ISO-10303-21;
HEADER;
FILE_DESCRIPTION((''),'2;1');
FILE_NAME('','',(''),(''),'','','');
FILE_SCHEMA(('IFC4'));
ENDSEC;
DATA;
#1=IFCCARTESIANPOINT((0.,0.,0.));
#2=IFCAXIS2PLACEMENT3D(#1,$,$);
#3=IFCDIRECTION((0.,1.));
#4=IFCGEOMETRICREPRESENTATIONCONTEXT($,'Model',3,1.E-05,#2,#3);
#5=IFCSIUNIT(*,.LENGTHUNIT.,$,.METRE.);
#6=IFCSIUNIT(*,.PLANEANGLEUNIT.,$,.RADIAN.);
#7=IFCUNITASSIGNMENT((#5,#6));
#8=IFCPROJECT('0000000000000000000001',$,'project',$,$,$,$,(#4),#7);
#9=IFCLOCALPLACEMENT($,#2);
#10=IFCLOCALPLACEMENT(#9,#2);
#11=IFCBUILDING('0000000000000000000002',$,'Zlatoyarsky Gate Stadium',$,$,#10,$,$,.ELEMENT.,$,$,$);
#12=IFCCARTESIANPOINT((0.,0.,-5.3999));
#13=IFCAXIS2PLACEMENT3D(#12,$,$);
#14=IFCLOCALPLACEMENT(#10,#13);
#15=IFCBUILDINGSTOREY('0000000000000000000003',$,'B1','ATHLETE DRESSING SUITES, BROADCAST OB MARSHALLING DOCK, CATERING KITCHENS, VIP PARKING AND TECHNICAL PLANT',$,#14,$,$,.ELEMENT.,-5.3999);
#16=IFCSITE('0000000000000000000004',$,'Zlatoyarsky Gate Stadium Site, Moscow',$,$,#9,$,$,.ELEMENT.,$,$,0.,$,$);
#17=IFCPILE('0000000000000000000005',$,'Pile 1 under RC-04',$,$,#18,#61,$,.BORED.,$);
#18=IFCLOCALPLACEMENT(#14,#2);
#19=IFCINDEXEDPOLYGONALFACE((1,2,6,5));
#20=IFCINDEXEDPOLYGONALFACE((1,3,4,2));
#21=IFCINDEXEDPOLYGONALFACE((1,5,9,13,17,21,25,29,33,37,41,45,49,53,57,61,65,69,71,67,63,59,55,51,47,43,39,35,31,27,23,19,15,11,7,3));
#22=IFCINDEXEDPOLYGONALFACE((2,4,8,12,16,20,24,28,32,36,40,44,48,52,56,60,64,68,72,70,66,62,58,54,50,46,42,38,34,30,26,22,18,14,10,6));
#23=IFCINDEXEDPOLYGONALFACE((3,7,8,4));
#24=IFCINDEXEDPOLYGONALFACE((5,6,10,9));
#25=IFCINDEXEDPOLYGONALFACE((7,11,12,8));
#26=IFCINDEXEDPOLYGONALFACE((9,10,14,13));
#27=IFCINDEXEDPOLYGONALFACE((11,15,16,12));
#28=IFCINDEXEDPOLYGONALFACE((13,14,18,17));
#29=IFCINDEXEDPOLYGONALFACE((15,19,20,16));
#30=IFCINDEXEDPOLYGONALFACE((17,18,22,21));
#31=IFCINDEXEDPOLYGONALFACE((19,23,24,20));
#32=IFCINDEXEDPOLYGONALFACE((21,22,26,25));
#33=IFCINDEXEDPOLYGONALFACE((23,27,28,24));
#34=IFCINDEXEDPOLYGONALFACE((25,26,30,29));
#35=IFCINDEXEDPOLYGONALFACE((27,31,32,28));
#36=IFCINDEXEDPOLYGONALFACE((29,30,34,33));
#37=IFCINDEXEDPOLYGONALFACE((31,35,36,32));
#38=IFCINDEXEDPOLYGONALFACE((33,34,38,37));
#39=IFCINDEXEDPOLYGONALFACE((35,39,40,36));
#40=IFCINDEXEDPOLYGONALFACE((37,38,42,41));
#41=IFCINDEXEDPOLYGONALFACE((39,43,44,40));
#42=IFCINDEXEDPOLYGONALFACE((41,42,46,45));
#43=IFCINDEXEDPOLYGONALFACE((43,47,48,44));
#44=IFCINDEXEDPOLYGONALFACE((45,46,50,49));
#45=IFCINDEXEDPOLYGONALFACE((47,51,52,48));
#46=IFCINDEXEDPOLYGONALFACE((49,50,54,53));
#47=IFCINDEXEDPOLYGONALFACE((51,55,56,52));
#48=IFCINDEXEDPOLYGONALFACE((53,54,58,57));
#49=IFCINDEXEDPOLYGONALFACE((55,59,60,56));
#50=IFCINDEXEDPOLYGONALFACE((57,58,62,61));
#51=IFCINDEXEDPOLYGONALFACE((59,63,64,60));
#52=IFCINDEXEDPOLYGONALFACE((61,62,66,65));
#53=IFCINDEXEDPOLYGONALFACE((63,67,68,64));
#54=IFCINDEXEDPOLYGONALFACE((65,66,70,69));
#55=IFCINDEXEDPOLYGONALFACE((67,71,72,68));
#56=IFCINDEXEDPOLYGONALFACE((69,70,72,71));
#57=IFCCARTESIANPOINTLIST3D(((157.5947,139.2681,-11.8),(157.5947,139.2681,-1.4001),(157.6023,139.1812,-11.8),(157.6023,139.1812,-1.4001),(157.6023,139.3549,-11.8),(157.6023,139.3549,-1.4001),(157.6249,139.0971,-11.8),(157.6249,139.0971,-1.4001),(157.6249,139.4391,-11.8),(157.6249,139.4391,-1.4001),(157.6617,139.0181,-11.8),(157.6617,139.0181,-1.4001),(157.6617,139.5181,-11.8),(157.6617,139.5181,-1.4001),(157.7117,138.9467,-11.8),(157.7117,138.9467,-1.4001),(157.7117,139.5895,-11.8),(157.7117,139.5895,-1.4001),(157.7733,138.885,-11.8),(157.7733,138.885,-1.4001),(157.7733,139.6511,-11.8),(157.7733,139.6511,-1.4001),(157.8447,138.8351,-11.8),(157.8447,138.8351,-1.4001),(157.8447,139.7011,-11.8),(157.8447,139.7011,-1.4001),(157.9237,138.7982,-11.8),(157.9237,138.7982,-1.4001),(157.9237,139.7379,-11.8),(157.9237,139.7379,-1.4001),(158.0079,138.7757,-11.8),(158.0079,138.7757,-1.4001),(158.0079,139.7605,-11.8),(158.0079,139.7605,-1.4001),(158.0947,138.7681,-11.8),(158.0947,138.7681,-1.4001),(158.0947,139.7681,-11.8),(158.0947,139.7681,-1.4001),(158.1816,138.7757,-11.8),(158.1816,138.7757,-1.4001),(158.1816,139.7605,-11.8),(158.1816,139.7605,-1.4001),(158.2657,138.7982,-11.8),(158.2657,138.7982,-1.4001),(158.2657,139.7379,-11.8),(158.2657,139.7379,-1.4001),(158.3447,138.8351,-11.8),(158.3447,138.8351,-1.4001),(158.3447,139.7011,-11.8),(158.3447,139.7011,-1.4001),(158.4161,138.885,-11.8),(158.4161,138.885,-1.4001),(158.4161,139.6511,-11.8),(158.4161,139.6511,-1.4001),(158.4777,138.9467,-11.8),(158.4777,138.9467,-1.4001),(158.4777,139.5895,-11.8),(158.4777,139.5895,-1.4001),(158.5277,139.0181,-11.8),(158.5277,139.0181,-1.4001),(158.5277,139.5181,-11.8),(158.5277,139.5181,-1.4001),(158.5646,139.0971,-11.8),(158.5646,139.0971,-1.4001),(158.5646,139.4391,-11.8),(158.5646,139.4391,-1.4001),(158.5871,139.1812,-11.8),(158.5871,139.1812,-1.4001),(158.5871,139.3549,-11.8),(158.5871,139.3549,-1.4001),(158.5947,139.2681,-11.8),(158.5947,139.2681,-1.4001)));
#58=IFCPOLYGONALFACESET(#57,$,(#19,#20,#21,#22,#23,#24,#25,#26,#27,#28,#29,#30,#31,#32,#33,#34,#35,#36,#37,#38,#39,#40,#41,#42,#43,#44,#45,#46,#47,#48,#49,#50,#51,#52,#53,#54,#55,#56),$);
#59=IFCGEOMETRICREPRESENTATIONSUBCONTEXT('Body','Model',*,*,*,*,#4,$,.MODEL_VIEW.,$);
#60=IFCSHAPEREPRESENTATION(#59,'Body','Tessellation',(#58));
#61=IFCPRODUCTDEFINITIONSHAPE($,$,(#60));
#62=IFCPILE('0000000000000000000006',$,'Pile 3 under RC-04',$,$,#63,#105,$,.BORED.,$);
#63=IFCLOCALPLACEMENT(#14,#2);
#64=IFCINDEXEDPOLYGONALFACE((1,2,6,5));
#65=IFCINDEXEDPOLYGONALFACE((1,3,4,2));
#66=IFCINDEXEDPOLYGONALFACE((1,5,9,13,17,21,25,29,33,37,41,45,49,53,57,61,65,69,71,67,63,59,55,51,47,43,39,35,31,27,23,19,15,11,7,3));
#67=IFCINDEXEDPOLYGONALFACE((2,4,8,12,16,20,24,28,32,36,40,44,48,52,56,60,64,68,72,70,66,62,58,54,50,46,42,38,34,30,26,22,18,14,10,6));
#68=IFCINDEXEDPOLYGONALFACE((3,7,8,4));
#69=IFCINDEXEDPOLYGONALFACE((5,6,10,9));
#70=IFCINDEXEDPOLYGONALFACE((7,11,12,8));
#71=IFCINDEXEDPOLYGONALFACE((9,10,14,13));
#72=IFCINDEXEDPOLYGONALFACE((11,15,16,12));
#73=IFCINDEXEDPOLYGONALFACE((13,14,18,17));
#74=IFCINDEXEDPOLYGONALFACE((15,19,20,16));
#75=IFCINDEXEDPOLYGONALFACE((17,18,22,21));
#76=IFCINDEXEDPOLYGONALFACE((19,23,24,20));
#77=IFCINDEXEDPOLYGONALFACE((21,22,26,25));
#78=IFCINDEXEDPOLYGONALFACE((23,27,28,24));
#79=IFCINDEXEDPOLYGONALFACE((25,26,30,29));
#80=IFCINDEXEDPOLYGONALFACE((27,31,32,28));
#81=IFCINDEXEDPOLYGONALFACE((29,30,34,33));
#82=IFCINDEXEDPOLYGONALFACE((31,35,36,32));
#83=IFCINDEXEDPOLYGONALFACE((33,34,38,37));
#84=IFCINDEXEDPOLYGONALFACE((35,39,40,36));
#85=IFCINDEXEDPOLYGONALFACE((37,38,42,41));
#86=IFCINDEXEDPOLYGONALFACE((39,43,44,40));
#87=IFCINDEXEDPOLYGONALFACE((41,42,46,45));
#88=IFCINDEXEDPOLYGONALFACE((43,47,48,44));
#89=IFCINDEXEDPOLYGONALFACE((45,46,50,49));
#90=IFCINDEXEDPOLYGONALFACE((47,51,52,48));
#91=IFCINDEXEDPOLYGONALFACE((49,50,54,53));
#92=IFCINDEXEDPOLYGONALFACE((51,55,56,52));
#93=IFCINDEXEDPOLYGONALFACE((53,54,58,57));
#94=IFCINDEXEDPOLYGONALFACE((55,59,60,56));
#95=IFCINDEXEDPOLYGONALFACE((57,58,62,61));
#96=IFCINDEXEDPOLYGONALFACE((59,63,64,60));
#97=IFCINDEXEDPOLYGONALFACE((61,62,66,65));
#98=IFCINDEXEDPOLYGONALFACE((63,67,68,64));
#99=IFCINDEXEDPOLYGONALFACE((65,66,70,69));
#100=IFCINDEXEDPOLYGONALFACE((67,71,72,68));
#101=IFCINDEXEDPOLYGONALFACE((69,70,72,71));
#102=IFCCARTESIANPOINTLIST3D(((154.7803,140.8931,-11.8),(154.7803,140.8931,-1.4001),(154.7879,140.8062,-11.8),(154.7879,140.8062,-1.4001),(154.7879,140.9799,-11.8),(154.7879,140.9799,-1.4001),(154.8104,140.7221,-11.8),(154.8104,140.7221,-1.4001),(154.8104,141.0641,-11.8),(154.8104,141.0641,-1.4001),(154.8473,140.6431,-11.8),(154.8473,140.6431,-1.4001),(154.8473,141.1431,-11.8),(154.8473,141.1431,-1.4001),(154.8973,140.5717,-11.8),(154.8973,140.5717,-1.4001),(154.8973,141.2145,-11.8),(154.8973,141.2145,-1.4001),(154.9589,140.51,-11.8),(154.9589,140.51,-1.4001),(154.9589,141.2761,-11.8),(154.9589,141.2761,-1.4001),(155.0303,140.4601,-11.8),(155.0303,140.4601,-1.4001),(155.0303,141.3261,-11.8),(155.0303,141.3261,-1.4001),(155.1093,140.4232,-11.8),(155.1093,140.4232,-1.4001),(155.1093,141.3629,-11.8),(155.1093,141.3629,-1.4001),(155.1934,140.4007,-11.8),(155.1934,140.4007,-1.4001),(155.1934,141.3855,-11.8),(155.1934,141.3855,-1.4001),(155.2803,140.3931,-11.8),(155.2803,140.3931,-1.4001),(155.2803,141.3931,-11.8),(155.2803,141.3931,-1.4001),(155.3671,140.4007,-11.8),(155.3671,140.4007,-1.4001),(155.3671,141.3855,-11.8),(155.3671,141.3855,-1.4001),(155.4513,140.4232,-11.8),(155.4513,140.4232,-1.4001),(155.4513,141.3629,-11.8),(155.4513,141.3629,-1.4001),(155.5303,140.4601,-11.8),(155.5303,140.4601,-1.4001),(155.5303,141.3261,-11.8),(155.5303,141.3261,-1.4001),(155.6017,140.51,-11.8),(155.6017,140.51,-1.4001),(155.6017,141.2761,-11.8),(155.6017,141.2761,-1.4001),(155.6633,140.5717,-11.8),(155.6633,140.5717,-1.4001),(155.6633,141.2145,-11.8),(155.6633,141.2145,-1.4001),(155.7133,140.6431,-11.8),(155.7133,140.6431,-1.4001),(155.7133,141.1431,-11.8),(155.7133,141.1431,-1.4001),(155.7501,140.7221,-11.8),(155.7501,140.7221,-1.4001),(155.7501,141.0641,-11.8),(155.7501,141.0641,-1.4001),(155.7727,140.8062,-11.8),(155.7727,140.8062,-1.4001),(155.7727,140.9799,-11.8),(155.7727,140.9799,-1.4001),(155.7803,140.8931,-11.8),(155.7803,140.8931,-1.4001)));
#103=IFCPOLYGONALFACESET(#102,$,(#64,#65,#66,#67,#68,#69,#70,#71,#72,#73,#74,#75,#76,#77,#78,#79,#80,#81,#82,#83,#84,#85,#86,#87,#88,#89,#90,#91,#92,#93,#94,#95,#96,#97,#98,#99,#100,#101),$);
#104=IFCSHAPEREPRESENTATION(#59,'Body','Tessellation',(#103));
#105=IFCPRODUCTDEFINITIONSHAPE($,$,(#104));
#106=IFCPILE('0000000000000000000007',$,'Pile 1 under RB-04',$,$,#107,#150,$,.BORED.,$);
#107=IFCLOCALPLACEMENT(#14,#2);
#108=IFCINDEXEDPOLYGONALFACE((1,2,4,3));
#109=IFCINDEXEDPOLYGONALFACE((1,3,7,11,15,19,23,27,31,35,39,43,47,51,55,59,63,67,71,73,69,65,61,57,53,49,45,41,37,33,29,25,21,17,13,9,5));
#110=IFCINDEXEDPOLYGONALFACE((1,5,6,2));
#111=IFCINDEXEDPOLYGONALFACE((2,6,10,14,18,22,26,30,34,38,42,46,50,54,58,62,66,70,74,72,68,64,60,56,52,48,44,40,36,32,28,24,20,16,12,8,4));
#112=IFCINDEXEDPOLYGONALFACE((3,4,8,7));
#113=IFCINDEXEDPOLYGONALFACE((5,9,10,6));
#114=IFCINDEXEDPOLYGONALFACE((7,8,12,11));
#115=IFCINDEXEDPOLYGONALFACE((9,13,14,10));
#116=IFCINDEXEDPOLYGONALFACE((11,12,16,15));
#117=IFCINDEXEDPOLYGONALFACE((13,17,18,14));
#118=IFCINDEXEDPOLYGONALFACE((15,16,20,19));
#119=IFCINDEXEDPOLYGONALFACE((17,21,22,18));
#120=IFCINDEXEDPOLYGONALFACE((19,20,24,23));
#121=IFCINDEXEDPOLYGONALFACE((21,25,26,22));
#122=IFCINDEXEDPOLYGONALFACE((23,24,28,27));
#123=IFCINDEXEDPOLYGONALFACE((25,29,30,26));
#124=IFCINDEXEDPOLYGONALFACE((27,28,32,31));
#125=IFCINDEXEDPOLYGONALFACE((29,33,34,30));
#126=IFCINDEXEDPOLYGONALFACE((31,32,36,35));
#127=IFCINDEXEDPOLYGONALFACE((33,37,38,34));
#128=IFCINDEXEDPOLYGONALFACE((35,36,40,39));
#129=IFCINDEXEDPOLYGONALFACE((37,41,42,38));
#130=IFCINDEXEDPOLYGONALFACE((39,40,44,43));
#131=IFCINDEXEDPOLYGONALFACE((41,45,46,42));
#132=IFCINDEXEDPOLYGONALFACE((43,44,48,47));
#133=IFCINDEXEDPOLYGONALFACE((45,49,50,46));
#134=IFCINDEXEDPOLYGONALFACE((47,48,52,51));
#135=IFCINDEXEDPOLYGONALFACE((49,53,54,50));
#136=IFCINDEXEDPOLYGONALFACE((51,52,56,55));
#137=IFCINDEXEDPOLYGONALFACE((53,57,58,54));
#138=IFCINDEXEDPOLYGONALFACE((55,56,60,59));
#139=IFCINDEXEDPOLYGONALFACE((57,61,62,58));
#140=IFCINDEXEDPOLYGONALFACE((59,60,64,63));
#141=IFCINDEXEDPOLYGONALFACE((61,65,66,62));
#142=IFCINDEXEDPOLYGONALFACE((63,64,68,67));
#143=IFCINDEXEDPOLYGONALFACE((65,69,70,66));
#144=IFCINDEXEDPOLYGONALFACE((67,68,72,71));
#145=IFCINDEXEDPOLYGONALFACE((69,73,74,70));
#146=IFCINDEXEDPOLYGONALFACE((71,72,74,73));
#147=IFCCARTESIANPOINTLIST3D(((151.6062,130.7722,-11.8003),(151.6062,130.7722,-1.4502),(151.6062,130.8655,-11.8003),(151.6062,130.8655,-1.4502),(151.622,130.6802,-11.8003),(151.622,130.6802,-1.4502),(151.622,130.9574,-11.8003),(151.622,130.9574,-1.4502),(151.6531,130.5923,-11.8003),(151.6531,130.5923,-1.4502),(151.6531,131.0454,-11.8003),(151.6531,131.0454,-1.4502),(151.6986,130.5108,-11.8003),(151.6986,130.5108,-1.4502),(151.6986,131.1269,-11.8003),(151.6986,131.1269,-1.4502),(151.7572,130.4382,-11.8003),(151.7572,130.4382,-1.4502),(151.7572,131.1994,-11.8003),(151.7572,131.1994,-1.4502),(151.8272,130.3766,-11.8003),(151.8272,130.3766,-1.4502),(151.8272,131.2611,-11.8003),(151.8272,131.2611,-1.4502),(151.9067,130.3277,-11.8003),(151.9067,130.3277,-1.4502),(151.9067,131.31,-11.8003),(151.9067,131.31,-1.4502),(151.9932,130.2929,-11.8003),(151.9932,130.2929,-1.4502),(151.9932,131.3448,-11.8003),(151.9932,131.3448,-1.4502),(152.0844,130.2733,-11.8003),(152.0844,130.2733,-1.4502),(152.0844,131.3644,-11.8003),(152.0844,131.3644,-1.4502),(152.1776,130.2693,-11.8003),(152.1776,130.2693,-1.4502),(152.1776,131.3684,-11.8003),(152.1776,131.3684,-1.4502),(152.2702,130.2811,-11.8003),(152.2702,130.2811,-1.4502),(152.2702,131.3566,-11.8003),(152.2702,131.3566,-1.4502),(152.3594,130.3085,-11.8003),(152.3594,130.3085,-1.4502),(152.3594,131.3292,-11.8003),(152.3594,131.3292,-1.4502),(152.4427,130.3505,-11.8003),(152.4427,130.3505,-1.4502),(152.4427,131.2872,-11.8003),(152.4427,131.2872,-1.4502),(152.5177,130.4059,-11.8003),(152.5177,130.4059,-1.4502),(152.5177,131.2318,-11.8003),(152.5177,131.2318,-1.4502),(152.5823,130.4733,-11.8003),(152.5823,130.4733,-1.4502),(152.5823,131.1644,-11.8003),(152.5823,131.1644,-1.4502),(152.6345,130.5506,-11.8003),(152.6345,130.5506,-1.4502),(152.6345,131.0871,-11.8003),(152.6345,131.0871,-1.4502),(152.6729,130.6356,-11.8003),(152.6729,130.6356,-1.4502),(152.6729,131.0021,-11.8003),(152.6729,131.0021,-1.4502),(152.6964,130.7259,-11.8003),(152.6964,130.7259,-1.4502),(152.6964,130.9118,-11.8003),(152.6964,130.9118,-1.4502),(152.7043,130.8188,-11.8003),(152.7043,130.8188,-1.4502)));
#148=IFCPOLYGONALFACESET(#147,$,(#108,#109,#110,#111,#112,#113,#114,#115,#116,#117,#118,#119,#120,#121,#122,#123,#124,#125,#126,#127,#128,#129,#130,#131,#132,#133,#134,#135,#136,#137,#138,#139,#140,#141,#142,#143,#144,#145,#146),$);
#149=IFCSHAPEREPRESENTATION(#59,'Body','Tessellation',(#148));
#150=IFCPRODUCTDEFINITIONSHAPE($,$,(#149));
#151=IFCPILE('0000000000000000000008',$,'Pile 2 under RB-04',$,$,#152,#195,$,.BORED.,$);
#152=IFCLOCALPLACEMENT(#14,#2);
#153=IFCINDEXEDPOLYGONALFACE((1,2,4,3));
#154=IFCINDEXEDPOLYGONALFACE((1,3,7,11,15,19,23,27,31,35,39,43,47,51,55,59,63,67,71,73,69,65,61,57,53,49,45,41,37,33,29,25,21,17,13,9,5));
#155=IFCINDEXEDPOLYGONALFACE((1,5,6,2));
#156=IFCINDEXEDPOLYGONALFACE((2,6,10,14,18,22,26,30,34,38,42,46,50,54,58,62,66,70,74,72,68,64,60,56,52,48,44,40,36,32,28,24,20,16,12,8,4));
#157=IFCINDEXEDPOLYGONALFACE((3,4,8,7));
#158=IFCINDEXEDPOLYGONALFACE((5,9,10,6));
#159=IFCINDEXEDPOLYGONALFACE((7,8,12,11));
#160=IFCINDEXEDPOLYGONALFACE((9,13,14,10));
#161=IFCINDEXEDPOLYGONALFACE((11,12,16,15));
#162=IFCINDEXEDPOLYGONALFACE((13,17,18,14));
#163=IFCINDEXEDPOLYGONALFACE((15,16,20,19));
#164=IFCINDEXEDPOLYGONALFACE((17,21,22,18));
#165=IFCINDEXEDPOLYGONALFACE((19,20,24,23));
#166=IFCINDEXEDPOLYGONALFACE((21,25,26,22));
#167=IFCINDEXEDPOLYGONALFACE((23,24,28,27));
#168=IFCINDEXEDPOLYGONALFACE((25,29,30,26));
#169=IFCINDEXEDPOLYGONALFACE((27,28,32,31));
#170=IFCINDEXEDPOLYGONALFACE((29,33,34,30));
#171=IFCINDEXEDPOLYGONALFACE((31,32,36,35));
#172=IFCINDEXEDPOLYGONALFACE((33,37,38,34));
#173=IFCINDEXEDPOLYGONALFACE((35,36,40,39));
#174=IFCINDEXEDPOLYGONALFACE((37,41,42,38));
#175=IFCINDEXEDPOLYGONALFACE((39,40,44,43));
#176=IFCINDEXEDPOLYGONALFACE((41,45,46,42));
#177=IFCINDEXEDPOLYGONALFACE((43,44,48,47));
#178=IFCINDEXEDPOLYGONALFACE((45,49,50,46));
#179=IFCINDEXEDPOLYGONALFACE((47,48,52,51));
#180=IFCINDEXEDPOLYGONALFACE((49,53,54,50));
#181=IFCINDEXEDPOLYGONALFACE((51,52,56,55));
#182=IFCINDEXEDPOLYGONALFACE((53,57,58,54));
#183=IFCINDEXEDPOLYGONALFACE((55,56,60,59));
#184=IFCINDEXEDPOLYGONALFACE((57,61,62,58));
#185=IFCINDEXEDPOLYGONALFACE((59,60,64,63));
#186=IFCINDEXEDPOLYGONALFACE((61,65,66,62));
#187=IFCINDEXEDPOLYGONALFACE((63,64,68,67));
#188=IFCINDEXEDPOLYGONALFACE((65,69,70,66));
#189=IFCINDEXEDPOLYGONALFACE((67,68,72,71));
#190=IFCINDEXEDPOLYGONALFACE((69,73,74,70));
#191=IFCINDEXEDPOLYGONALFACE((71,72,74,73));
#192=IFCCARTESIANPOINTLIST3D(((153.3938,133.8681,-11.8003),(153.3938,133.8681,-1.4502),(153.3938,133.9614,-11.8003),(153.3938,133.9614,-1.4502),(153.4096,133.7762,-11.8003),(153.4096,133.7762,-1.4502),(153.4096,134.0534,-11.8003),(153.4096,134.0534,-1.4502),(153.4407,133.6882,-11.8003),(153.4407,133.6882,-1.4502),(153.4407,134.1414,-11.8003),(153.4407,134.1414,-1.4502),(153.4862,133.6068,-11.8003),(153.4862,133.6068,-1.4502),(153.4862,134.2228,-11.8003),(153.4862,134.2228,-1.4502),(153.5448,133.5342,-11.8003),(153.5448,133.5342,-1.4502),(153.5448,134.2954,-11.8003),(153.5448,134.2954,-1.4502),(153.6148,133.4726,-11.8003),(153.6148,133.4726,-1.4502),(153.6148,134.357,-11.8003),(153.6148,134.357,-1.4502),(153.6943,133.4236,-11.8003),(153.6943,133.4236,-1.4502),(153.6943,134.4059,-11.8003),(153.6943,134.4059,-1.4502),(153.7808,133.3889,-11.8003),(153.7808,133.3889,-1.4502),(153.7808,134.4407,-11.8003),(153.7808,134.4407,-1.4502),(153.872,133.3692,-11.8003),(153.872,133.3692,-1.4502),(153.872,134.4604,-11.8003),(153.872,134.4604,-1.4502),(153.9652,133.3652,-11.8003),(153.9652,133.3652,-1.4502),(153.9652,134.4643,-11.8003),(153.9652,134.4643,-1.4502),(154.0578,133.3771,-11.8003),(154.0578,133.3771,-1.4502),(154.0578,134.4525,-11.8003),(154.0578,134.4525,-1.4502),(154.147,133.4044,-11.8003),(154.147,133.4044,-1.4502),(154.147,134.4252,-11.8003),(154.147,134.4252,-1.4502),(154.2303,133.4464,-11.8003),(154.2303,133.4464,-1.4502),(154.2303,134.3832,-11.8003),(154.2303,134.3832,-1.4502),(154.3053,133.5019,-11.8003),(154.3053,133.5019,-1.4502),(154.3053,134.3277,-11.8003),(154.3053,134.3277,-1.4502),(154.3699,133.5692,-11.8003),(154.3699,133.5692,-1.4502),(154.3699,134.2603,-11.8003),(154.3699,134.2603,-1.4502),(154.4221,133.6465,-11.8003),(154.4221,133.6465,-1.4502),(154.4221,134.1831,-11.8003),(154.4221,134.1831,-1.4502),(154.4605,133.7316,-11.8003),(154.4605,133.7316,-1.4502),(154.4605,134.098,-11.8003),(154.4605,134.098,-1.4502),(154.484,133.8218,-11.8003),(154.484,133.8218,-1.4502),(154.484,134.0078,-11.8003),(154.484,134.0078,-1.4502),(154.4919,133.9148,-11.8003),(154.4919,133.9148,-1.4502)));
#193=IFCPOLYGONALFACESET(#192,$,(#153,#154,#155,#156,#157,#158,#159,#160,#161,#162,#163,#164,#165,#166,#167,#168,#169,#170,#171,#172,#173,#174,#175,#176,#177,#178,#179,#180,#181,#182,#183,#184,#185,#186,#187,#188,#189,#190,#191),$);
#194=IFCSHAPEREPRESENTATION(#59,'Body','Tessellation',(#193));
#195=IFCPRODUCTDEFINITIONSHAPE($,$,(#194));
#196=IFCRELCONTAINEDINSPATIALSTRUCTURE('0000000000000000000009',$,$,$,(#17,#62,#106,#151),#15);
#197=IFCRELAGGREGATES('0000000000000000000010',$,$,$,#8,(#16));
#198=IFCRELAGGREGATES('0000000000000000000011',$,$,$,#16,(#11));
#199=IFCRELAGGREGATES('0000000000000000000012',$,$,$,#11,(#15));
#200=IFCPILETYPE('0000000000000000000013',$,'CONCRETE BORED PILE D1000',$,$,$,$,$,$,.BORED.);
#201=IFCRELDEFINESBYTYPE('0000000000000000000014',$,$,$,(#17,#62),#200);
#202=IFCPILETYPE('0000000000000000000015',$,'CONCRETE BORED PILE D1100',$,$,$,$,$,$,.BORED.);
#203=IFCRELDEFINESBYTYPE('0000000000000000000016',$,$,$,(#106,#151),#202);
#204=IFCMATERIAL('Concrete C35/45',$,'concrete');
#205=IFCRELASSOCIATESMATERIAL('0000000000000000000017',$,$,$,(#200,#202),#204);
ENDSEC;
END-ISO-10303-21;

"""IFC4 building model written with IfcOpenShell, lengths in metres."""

from ifc_helpers import new_model, si_unit, direction, frame, origin, origin_2d, place, context, subcontext, project, spatial, circle, extrude, material, material_profile, profile_set, type_object, element, save


model = new_model("IFC4")

# Units and contexts
model_context = context("Model", 3, precision=1e-05, world=origin(), true_north=direction((0.0, 1.0)))
body_context = subcontext(model_context, "Body", "Model", "MODEL_VIEW")
ifc_project = project(units=[si_unit("LENGTHUNIT", "METRE"), si_unit("PLANEANGLEUNIT", "RADIAN")], contexts=[model_context])

# Site, building, storey
site_placement = place(None, origin())
site = spatial("IfcSite", under=ifc_project, at=site_placement, Name="Zlatoyarsky Gate Stadium Site, Moscow", CompositionType="ELEMENT", RefElevation=0.0)
building_placement = place(site_placement, origin())
building = spatial("IfcBuilding", under=site, at=building_placement, Name="Zlatoyarsky Gate Stadium", CompositionType="ELEMENT")
storey_placement = place(building_placement, frame((0.0, 0.0, -5.3999)))
storey = spatial("IfcBuildingStorey", under=building, at=storey_placement, Name="B1", Description="ATHLETE DRESSING SUITES, BROADCAST OB MARSHALLING DOCK, CATERING KITCHENS, VIP PARKING AND TECHNICAL PLANT", CompositionType="ELEMENT", Elevation=-5.3999)

# Piles
ifc_material_1 = material(Name="Concrete C35/45", Category="concrete")
ifc_material_profile_1 = material_profile(ifc_material_1, circle(Radius=0.5, at=origin_2d()), Name="BORED PILE D1000")
ifc_profile_set_1 = profile_set([ifc_material_profile_1], Name="Concrete C35/45")
pile_type_1 = type_object("IfcPileType", Name="CONCRETE BORED PILE D1000", PredefinedType="BORED", material=ifc_profile_set_1)
for number, where, z_axis, x_axis, name in (
    (1, (158.0947, 139.2681, -1.4001), (0.0, 0.0, -1.0), (1.0, 0.0, 0.0), "Pile 1 under RC-04"),
    (2, (155.2803, 140.8931, -1.4001), (0.0, 0.0, -1.0), (1.0, 0.0, 0.0), "Pile 3 under RC-04"),
):
    element("IfcPile", number, at=place(storey_placement, frame(where, z_axis=z_axis, x_axis=x_axis)), inside=storey, type_object=pile_type_1, Name=name, PredefinedType="BORED", context=body_context, shape_type="SweptSolid", body=[
        extrude(circle(Radius=0.5, at=origin_2d()), origin(), (0.0, 0.0, 1.0), 10.3999),
    ])
ifc_material_profile_2 = material_profile(ifc_material_1, circle(Radius=0.55, at=origin_2d()), Name="BORED PILE D1100")
ifc_profile_set_2 = profile_set([ifc_material_profile_2], Name="Concrete C35/45")
pile_type_2 = type_object("IfcPileType", Name="CONCRETE BORED PILE D1100", PredefinedType="BORED", material=ifc_profile_set_2)
for number, where, z_axis, x_axis, name in (
    (3, (152.1543, 130.8188, -1.4502), (0.0, 0.0, -1.0), (1.0, 0.0, 0.0), "Pile 1 under RB-04"),
    (4, (153.9419, 133.9148, -1.4502), (0.0, 0.0, -1.0), (1.0, 0.0, 0.0), "Pile 2 under RB-04"),
):
    element("IfcPile", number, at=place(storey_placement, frame(where, z_axis=z_axis, x_axis=x_axis)), inside=storey, type_object=pile_type_2, Name=name, PredefinedType="BORED", context=body_context, shape_type="SweptSolid", body=[
        extrude(circle(Radius=0.55, at=origin_2d()), origin(), (0.0, 0.0, 1.0), 10.3501),
    ])

save(model, "model.ifc")
